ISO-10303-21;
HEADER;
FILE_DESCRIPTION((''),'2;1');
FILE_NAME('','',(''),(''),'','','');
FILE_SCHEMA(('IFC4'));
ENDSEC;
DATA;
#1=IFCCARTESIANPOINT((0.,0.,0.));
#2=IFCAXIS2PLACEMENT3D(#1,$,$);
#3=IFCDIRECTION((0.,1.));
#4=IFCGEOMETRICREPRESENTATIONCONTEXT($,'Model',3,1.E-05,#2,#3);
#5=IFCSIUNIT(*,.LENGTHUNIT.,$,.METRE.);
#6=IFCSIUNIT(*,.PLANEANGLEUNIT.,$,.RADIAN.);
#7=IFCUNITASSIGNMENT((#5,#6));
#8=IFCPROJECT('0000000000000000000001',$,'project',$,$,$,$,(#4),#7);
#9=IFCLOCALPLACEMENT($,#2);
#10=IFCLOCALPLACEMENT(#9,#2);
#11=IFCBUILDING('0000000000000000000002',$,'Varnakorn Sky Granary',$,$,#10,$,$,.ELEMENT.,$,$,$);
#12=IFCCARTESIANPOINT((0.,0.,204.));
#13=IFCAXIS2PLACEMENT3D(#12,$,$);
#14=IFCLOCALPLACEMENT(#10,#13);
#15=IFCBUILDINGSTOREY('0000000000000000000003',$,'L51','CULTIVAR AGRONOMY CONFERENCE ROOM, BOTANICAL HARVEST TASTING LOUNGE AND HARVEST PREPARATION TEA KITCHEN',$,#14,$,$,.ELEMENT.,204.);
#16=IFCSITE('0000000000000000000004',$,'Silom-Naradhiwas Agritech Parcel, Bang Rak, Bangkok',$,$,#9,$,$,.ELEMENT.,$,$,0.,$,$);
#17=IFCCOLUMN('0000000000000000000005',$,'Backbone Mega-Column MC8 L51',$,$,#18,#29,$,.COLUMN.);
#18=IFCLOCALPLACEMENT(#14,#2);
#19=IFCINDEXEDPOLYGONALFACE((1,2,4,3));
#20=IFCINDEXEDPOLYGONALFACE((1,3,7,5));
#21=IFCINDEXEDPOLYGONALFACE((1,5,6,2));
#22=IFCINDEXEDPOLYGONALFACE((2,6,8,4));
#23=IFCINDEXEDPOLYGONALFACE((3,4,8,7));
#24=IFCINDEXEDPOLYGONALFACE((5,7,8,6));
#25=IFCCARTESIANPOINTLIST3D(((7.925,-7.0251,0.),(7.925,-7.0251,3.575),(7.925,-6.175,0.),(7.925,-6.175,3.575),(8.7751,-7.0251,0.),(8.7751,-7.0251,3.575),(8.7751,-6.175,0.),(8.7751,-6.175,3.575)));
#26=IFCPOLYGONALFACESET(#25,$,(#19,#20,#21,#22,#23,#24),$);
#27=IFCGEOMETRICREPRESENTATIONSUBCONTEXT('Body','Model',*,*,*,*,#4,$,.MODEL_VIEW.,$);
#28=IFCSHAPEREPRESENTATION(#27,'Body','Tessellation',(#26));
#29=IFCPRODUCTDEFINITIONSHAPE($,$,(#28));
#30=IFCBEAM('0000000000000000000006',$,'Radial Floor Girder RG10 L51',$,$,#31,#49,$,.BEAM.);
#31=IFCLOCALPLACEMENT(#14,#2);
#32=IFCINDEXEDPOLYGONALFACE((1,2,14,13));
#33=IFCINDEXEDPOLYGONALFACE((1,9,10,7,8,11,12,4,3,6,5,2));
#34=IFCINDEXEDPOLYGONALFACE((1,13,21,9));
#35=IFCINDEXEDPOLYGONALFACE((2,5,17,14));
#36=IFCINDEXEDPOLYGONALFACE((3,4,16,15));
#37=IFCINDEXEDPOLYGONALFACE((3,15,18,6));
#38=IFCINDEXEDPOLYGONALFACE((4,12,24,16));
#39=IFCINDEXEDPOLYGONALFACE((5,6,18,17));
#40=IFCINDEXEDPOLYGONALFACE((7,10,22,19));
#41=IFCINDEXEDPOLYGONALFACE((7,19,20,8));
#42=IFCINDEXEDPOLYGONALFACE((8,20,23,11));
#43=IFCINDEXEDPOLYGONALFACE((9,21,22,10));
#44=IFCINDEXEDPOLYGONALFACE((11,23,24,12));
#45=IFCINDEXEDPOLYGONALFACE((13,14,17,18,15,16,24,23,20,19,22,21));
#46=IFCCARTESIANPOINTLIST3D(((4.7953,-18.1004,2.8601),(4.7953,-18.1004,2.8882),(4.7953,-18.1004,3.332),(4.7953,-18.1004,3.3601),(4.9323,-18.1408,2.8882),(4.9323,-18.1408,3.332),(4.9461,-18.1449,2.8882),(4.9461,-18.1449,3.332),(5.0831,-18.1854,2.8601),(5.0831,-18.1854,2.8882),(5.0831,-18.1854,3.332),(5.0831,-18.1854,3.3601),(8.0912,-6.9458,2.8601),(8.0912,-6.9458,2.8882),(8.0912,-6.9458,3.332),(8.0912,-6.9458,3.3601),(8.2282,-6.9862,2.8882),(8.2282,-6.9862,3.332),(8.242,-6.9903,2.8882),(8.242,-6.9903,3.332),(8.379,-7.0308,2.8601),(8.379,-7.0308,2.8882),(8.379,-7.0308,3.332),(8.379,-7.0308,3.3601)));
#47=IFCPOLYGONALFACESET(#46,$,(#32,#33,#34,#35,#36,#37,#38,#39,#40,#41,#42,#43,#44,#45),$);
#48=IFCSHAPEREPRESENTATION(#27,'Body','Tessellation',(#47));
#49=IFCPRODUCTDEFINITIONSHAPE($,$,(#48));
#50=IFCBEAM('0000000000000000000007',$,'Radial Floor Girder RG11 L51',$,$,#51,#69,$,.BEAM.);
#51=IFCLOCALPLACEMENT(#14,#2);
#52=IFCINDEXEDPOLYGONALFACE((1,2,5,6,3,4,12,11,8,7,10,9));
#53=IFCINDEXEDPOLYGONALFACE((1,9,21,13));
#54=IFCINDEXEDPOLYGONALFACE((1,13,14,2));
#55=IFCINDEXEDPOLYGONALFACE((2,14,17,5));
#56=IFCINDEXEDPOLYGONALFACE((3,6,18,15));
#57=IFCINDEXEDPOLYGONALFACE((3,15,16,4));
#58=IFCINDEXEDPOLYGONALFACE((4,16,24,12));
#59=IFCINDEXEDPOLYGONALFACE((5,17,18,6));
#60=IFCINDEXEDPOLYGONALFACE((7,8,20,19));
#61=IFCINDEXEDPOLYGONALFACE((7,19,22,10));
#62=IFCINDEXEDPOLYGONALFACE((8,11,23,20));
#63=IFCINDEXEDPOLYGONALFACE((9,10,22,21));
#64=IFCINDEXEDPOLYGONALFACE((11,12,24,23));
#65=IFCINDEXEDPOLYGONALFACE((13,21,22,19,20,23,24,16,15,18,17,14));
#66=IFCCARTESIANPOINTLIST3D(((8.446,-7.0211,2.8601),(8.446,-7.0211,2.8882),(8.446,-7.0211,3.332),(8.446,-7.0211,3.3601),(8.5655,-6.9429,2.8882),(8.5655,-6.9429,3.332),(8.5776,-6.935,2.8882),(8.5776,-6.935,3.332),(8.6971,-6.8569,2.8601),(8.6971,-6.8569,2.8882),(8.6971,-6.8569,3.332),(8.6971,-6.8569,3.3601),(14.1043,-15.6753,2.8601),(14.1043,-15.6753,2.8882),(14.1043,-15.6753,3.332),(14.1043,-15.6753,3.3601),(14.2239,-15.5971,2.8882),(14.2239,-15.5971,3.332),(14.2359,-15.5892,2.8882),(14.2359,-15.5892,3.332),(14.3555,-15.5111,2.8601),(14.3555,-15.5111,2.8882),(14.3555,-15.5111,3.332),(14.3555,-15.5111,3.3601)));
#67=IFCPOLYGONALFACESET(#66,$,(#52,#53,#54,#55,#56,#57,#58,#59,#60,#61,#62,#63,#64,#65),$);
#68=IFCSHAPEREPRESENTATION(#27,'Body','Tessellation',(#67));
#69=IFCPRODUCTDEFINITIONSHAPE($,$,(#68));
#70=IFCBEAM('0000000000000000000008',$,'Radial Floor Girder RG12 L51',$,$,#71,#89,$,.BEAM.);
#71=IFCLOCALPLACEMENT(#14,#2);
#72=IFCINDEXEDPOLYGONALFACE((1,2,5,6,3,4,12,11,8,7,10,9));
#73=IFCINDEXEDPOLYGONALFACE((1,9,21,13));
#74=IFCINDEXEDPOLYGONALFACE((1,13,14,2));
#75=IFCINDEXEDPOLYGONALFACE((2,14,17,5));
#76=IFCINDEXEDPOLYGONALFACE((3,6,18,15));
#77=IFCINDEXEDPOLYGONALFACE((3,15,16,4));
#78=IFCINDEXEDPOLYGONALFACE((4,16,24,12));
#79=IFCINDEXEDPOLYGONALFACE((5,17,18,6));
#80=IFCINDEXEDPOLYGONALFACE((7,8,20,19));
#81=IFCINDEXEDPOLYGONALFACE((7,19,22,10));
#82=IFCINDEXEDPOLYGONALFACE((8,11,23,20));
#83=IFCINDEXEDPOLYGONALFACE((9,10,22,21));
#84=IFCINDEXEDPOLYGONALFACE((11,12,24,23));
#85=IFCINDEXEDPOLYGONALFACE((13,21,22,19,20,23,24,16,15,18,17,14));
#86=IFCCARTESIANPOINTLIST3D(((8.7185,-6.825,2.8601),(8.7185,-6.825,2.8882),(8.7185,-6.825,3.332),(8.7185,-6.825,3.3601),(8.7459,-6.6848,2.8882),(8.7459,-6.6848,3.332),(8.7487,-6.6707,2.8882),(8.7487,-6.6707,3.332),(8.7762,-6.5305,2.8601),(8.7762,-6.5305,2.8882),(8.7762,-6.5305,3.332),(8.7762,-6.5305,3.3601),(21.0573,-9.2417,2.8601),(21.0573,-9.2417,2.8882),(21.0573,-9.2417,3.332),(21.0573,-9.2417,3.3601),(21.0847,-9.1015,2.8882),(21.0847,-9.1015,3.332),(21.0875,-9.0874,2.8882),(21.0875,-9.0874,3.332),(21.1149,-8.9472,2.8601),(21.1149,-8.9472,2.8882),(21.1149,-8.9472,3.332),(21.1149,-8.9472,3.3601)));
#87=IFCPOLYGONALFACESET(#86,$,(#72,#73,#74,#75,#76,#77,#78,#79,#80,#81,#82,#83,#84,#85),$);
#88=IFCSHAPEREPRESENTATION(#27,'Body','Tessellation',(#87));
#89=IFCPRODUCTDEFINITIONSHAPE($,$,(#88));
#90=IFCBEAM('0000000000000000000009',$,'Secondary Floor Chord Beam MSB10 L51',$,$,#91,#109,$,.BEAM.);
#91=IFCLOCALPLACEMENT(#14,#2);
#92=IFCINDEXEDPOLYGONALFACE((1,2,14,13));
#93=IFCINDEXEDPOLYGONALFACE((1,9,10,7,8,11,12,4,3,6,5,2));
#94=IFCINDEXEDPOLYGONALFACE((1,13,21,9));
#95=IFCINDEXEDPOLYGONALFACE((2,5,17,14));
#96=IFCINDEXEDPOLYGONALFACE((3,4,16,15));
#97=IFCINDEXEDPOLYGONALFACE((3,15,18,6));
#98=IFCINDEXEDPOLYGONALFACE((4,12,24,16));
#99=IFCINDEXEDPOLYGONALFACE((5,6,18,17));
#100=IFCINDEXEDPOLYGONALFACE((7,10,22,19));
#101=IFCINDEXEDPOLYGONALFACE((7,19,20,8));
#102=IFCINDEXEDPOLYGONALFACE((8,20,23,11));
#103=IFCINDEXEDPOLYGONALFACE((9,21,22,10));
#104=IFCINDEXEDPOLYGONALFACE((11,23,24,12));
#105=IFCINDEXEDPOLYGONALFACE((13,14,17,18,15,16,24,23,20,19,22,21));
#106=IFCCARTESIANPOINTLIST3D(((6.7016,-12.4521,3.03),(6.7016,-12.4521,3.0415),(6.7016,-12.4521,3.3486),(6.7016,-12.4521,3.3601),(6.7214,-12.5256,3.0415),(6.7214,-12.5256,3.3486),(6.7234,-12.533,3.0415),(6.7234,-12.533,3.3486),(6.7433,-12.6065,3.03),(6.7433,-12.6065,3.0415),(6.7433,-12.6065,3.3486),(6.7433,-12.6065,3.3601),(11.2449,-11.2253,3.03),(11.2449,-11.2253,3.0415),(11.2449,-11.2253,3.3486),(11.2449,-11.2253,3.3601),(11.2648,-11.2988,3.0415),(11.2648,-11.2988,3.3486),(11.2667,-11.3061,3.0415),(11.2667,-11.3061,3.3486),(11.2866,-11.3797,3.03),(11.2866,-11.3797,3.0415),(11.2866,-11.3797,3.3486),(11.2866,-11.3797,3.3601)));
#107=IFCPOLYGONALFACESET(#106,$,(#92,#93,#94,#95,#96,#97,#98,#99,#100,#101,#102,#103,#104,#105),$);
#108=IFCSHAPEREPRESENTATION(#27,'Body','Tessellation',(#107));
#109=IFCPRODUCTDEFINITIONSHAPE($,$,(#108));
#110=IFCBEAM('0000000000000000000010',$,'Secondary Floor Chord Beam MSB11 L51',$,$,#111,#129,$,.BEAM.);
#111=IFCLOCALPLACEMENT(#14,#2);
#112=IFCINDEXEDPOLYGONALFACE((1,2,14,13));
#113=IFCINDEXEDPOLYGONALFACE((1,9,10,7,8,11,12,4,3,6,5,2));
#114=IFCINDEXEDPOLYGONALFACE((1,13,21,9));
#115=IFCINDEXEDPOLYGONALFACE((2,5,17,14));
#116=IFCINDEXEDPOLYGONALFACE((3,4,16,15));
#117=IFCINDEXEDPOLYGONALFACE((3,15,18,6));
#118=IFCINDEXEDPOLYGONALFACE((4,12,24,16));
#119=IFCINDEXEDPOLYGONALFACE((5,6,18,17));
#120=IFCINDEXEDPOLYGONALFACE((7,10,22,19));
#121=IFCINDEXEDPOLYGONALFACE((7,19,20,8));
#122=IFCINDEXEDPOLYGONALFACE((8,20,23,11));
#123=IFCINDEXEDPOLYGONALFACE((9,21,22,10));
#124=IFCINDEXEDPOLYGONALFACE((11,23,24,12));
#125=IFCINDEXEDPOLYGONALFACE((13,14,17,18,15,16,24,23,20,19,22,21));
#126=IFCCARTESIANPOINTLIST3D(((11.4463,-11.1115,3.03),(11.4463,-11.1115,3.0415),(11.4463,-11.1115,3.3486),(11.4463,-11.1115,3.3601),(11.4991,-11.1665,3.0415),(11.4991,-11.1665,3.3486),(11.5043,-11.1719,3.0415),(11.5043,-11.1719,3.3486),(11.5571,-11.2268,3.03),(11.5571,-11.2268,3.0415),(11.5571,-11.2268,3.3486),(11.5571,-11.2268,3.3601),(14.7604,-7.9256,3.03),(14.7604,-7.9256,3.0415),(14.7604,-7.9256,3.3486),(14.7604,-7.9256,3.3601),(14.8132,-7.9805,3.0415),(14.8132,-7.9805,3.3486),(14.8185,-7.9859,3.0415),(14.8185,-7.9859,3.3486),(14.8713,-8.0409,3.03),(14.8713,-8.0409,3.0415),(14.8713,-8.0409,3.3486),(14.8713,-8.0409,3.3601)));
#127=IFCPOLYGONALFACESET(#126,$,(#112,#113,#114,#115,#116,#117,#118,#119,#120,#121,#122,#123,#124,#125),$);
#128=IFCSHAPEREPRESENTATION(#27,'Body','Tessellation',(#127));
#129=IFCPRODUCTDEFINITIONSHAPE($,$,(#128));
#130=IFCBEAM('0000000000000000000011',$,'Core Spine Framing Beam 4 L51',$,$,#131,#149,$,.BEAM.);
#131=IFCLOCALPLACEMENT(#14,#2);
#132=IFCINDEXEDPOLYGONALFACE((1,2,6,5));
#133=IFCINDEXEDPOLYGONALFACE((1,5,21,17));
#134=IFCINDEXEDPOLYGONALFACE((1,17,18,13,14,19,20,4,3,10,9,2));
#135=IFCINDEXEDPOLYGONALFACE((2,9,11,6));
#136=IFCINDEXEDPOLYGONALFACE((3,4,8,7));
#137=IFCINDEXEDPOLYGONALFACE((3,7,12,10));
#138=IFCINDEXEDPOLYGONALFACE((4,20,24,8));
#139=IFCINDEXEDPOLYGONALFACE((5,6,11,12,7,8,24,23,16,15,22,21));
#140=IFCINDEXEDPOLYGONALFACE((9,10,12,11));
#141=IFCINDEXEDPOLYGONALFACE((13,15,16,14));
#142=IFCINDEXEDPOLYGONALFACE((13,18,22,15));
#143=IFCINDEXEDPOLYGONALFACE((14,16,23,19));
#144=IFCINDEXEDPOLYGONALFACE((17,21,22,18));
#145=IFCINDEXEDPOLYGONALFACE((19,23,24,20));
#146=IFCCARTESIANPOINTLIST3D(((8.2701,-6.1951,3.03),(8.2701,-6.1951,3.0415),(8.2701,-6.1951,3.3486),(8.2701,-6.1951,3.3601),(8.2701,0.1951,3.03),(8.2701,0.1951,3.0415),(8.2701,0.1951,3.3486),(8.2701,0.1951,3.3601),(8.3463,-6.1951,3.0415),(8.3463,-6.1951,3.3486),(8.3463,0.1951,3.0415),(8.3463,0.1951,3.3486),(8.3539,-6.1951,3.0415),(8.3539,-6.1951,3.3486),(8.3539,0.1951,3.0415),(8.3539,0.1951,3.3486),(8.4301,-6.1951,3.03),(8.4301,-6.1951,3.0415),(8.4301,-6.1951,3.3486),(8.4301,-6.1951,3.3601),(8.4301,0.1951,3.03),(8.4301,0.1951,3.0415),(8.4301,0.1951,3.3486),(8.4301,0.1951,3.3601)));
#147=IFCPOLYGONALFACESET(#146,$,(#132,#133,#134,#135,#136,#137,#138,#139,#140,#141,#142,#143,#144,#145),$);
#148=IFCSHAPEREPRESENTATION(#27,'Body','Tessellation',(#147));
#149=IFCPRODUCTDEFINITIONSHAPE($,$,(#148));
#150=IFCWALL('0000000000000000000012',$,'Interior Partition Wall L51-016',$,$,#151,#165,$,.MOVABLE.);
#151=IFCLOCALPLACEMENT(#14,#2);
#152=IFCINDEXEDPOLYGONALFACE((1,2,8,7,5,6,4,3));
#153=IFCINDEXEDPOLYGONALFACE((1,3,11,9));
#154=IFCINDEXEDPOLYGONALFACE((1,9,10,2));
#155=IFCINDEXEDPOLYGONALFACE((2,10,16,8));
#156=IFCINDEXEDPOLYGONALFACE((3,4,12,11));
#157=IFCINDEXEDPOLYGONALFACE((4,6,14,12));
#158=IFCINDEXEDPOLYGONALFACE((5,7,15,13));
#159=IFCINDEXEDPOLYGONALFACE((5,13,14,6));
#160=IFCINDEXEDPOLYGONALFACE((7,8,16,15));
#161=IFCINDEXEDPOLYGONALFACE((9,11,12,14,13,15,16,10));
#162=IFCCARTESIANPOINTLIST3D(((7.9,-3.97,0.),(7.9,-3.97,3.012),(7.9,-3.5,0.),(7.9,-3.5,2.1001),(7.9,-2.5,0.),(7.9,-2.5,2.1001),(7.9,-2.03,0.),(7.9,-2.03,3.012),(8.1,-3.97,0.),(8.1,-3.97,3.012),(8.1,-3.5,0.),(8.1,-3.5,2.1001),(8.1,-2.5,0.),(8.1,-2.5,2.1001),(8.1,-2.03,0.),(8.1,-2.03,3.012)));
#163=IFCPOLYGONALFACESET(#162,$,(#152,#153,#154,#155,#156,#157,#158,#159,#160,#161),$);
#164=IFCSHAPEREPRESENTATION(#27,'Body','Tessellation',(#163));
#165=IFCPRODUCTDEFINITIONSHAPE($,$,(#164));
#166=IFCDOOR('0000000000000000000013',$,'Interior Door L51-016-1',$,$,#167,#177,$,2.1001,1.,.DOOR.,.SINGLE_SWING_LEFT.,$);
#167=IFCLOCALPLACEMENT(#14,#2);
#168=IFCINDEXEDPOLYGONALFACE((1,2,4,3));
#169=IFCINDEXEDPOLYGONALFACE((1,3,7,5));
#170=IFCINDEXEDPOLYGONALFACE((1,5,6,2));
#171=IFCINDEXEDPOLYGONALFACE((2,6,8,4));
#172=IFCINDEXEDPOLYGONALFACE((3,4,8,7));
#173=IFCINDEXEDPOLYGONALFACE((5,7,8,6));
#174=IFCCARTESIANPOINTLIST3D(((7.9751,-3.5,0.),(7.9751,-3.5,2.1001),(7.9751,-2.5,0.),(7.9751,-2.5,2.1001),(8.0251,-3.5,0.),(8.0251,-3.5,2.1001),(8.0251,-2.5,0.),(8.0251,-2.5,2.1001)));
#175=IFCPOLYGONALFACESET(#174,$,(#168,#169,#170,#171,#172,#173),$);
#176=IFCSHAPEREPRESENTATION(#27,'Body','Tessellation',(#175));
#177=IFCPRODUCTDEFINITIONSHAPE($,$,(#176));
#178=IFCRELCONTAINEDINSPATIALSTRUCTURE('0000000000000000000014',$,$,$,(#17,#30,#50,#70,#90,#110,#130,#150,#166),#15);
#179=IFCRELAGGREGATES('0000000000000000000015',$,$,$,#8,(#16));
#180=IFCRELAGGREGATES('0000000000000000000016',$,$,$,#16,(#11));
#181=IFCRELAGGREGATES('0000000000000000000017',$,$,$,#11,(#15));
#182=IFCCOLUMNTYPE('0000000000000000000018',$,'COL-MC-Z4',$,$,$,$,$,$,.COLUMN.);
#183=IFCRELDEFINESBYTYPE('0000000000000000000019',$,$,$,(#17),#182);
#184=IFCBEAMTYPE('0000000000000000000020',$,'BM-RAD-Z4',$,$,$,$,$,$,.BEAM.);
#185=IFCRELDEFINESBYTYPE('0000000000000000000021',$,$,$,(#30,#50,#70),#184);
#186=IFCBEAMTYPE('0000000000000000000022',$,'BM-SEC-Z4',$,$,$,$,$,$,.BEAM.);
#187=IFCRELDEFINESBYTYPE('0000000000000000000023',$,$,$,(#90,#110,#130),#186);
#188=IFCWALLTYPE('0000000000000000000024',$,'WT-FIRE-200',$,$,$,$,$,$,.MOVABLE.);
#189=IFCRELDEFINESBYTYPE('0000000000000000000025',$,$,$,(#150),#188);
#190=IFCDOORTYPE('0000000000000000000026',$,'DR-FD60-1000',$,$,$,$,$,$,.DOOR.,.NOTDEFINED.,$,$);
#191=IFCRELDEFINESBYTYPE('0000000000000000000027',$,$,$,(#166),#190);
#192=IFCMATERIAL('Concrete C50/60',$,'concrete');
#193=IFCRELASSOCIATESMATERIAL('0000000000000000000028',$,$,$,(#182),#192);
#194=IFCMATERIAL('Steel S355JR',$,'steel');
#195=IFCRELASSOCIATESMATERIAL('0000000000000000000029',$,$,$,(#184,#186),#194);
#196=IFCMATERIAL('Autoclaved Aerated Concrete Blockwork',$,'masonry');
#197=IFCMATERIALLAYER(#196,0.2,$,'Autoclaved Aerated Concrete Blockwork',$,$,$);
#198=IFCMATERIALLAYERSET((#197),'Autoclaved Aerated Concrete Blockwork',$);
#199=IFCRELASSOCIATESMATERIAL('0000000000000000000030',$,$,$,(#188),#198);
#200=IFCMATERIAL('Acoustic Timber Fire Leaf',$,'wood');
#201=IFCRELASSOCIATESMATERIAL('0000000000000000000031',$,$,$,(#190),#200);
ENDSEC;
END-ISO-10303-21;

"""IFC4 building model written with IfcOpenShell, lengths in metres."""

from ifc_helpers import new_model, si_unit, direction, frame, frame_2d, origin, origin_2d, place, context, subcontext, project, spatial, rectangle, i_section, extrude, material, layer, layer_set, material_profile, profile_set, type_object, element, fill, save


model = new_model("IFC4")

# Units and contexts
model_context = context("Model", 3, precision=1e-05, world=origin(), true_north=direction((0.0, 1.0)))
body_context = subcontext(model_context, "Body", "Model", "MODEL_VIEW")
ifc_project = project(units=[si_unit("LENGTHUNIT", "METRE"), si_unit("PLANEANGLEUNIT", "RADIAN")], contexts=[model_context])

# Site, building, storey
site_placement = place(None, origin())
site = spatial("IfcSite", under=ifc_project, at=site_placement, Name="Silom-Naradhiwas Agritech Parcel, Bang Rak, Bangkok", CompositionType="ELEMENT", RefElevation=0.0)
building_placement = place(site_placement, origin())
building = spatial("IfcBuilding", under=site, at=building_placement, Name="Varnakorn Sky Granary", CompositionType="ELEMENT")
storey_placement = place(building_placement, frame((0.0, 0.0, 204.0)))
storey = spatial("IfcBuildingStorey", under=building, at=storey_placement, Name="L51", Description="CULTIVAR AGRONOMY CONFERENCE ROOM, BOTANICAL HARVEST TASTING LOUNGE AND HARVEST PREPARATION TEA KITCHEN", CompositionType="ELEMENT", Elevation=204.0)

# Column
ifc_material_1 = material(Name="Concrete C50/60", Category="concrete")
ifc_material_profile_1 = material_profile(ifc_material_1, rectangle(XDim=0.8501, YDim=0.8501, at=origin_2d()), Name="RC 850x850")
ifc_profile_set_1 = profile_set([ifc_material_profile_1], Name="Concrete C50/60")
column_type = type_object("IfcColumnType", Name="COL-MC-Z4", PredefinedType="COLUMN", material=ifc_profile_set_1)
column_placement = place(storey_placement, frame((8.3501, -6.6001, 0.0), z_axis=(0.0, 0.0, 1.0), x_axis=(1.0, 0.0, 0.0)))
element("IfcColumn", 1, at=column_placement, inside=storey, type_object=column_type, Name="Backbone Mega-Column MC8 L51", PredefinedType="COLUMN", context=body_context, shape_type="SweptSolid", body=[
    extrude(rectangle(XDim=0.8501, YDim=0.8501, at=origin_2d()), origin(), (0.0, 0.0, 1.0), 3.575),
])

# Beams
ifc_material_2 = material(Name="Steel S355JR", Category="steel")
ifc_material_profile_2 = material_profile(ifc_material_2, i_section(OverallWidth=0.3, OverallDepth=0.5, WebThickness=0.0144, FlangeThickness=0.0281, at=origin_2d()), Name="HE 500 B")
ifc_profile_set_2 = profile_set([ifc_material_profile_2], Name="Steel S355JR")
beam_type_1 = type_object("IfcBeamType", Name="BM-RAD-Z4", PredefinedType="BEAM", material=ifc_profile_set_2)
beam_1_placement = place(storey_placement, frame((8.2351, -6.9883, 3.1101), z_axis=(-0.283365, -0.959012, 0.0), x_axis=(0.959012, -0.283365, 0.0)))
element("IfcBeam", 2, at=beam_1_placement, inside=storey, type_object=beam_type_1, Name="Radial Floor Girder RG10 L51", PredefinedType="BEAM", context=body_context, shape_type="SweptSolid", body=[
    extrude(i_section(OverallWidth=0.3, OverallDepth=0.5, WebThickness=0.0144, FlangeThickness=0.0281, at=origin_2d()), origin(), (0.0, 0.0, 1.0), 11.6313),
])
beam_2_placement = place(storey_placement, frame((8.5715, -6.939, 3.1101), z_axis=(0.54724, -0.836975, 0.0), x_axis=(0.836975, 0.54724, 0.0)))
element("IfcBeam", 3, at=beam_2_placement, inside=storey, type_object=beam_type_1, Name="Radial Floor Girder RG11 L51", PredefinedType="BEAM", context=body_context, shape_type="SweptSolid", body=[
    extrude(i_section(OverallWidth=0.3, OverallDepth=0.5, WebThickness=0.0144, FlangeThickness=0.0281, at=origin_2d()), origin(), (0.0, 0.0, 1.0), 10.3398),
])
beam_3_placement = place(storey_placement, frame((8.7473, -6.6777, 3.1101), z_axis=(0.981353, -0.192212, 0.0), x_axis=(0.192212, 0.981353, 0.0)))
element("IfcBeam", 4, at=beam_3_placement, inside=storey, type_object=beam_type_1, Name="Radial Floor Girder RG12 L51", PredefinedType="BEAM", context=body_context, shape_type="SweptSolid", body=[
    extrude(i_section(OverallWidth=0.3, OverallDepth=0.5, WebThickness=0.0144, FlangeThickness=0.0281, at=origin_2d()), origin(), (0.0, 0.0, 1.0), 12.5732),
])
ifc_material_profile_3 = material_profile(ifc_material_2, i_section(OverallWidth=0.1599, OverallDepth=0.3301, WebThickness=0.0076, FlangeThickness=0.0115, at=origin_2d()), Name="IPE 330")
ifc_profile_set_3 = profile_set([ifc_material_profile_3], Name="Steel S355JR")
beam_type_2 = type_object("IfcBeamType", Name="BM-SEC-Z4", PredefinedType="BEAM", material=ifc_profile_set_3)
beam_4_placement = place(storey_placement, frame((6.7224, -12.5293, 3.1951), z_axis=(0.965422, 0.260693, 0.0), x_axis=(-0.260693, 0.965422, 0.0)))
element("IfcBeam", 5, at=beam_4_placement, inside=storey, type_object=beam_type_2, Name="Secondary Floor Chord Beam MSB10 L51", PredefinedType="BEAM", context=body_context, shape_type="SweptSolid", body=[
    extrude(i_section(OverallWidth=0.1599, OverallDepth=0.3301, WebThickness=0.0076, FlangeThickness=0.0115, at=origin_2d()), origin(), (0.0, 0.0, 1.0), 4.7061),
])
beam_5_placement = place(storey_placement, frame((11.5017, -11.1692, 3.1951), z_axis=(0.72091, 0.693029, 0.0), x_axis=(-0.693029, 0.72091, 0.0)))
element("IfcBeam", 6, at=beam_5_placement, inside=storey, type_object=beam_type_2, Name="Secondary Floor Chord Beam MSB11 L51", PredefinedType="BEAM", context=body_context, shape_type="SweptSolid", body=[
    extrude(i_section(OverallWidth=0.1599, OverallDepth=0.3301, WebThickness=0.0076, FlangeThickness=0.0115, at=origin_2d()), origin(), (0.0, 0.0, 1.0), 4.5972),
])
beam_6_placement = place(storey_placement, frame((8.3501, 0.1951, 3.1951), z_axis=(0.0, -1.0, 0.0), x_axis=(1.0, 0.0, 0.0)))
element("IfcBeam", 7, at=beam_6_placement, inside=storey, type_object=beam_type_2, Name="Core Spine Framing Beam 4 L51", PredefinedType="BEAM", context=body_context, shape_type="SweptSolid", body=[
    extrude(i_section(OverallWidth=0.1599, OverallDepth=0.3301, WebThickness=0.0076, FlangeThickness=0.0115, at=origin_2d()), origin(), (0.0, 0.0, 1.0), 6.3901),
])

# Wall, opening, door
ifc_material_3 = material(Name="Autoclaved Aerated Concrete Blockwork", Category="masonry")
ifc_layer_1 = layer(ifc_material_3, 0.2, Name="Autoclaved Aerated Concrete Blockwork")
ifc_layer_set_1 = layer_set([ifc_layer_1], Name="Autoclaved Aerated Concrete Blockwork")
wall_type_1 = type_object("IfcWallType", Name="WT-FIRE-200", PredefinedType="MOVABLE", material=ifc_layer_set_1)
wall_1_placement = place(storey_placement, frame((8.0, -3.97, 0.0), z_axis=(0.0, 0.0, 1.0), x_axis=(0.0, 1.0, 0.0)))
wall_1 = element("IfcWall", 8, at=wall_1_placement, inside=storey, type_object=wall_type_1, Name="Interior Partition Wall L51-016", PredefinedType="MOVABLE", context=body_context, shape_type="SweptSolid", body=[
    extrude(rectangle(XDim=1.9399, YDim=0.2, at=frame_2d((0.97, 0.0))), origin(), (0.0, 0.0, 1.0), 3.012),
])
opening_1_placement = place(wall_1_placement, frame((0.47, 0.0, 0.0)))
opening_1 = element("IfcOpeningElement", 9, at=opening_1_placement, cuts=wall_1, PredefinedType="OPENING", context=body_context, shape_type="SweptSolid", body=[
    extrude(rectangle(XDim=1.0, YDim=2.1001, at=frame_2d((0.5, 1.05))), frame((0.0, 0.1099, 0.0), z_axis=(0.0, -1.0, 0.0), x_axis=(1.0, 0.0, 0.0)), (0.0, 0.0, 1.0), 0.22),
])
ifc_material_4 = material(Name="Acoustic Timber Fire Leaf", Category="wood")
door_type_1 = type_object("IfcDoorType", Name="DR-FD60-1000", OperationType="NOTDEFINED", PredefinedType="DOOR", material=ifc_material_4)
door_1_placement = place(opening_1_placement, origin())
door_1 = element("IfcDoor", 10, at=door_1_placement, inside=storey, type_object=door_type_1, Name="Interior Door L51-016-1", OperationType="SINGLE_SWING_LEFT", OverallHeight=2.1001, OverallWidth=1.0, PredefinedType="DOOR", context=body_context, shape_type="SweptSolid", body=[
    extrude(rectangle(XDim=1.0, YDim=2.1001, at=frame_2d((0.5, 1.05))), frame((0.0, 0.0249, 0.0), z_axis=(0.0, -1.0, 0.0), x_axis=(1.0, 0.0, 0.0)), (0.0, 0.0, 1.0), 0.05),
])
fill(opening_1, door_1)

save(model, "model.ifc")
